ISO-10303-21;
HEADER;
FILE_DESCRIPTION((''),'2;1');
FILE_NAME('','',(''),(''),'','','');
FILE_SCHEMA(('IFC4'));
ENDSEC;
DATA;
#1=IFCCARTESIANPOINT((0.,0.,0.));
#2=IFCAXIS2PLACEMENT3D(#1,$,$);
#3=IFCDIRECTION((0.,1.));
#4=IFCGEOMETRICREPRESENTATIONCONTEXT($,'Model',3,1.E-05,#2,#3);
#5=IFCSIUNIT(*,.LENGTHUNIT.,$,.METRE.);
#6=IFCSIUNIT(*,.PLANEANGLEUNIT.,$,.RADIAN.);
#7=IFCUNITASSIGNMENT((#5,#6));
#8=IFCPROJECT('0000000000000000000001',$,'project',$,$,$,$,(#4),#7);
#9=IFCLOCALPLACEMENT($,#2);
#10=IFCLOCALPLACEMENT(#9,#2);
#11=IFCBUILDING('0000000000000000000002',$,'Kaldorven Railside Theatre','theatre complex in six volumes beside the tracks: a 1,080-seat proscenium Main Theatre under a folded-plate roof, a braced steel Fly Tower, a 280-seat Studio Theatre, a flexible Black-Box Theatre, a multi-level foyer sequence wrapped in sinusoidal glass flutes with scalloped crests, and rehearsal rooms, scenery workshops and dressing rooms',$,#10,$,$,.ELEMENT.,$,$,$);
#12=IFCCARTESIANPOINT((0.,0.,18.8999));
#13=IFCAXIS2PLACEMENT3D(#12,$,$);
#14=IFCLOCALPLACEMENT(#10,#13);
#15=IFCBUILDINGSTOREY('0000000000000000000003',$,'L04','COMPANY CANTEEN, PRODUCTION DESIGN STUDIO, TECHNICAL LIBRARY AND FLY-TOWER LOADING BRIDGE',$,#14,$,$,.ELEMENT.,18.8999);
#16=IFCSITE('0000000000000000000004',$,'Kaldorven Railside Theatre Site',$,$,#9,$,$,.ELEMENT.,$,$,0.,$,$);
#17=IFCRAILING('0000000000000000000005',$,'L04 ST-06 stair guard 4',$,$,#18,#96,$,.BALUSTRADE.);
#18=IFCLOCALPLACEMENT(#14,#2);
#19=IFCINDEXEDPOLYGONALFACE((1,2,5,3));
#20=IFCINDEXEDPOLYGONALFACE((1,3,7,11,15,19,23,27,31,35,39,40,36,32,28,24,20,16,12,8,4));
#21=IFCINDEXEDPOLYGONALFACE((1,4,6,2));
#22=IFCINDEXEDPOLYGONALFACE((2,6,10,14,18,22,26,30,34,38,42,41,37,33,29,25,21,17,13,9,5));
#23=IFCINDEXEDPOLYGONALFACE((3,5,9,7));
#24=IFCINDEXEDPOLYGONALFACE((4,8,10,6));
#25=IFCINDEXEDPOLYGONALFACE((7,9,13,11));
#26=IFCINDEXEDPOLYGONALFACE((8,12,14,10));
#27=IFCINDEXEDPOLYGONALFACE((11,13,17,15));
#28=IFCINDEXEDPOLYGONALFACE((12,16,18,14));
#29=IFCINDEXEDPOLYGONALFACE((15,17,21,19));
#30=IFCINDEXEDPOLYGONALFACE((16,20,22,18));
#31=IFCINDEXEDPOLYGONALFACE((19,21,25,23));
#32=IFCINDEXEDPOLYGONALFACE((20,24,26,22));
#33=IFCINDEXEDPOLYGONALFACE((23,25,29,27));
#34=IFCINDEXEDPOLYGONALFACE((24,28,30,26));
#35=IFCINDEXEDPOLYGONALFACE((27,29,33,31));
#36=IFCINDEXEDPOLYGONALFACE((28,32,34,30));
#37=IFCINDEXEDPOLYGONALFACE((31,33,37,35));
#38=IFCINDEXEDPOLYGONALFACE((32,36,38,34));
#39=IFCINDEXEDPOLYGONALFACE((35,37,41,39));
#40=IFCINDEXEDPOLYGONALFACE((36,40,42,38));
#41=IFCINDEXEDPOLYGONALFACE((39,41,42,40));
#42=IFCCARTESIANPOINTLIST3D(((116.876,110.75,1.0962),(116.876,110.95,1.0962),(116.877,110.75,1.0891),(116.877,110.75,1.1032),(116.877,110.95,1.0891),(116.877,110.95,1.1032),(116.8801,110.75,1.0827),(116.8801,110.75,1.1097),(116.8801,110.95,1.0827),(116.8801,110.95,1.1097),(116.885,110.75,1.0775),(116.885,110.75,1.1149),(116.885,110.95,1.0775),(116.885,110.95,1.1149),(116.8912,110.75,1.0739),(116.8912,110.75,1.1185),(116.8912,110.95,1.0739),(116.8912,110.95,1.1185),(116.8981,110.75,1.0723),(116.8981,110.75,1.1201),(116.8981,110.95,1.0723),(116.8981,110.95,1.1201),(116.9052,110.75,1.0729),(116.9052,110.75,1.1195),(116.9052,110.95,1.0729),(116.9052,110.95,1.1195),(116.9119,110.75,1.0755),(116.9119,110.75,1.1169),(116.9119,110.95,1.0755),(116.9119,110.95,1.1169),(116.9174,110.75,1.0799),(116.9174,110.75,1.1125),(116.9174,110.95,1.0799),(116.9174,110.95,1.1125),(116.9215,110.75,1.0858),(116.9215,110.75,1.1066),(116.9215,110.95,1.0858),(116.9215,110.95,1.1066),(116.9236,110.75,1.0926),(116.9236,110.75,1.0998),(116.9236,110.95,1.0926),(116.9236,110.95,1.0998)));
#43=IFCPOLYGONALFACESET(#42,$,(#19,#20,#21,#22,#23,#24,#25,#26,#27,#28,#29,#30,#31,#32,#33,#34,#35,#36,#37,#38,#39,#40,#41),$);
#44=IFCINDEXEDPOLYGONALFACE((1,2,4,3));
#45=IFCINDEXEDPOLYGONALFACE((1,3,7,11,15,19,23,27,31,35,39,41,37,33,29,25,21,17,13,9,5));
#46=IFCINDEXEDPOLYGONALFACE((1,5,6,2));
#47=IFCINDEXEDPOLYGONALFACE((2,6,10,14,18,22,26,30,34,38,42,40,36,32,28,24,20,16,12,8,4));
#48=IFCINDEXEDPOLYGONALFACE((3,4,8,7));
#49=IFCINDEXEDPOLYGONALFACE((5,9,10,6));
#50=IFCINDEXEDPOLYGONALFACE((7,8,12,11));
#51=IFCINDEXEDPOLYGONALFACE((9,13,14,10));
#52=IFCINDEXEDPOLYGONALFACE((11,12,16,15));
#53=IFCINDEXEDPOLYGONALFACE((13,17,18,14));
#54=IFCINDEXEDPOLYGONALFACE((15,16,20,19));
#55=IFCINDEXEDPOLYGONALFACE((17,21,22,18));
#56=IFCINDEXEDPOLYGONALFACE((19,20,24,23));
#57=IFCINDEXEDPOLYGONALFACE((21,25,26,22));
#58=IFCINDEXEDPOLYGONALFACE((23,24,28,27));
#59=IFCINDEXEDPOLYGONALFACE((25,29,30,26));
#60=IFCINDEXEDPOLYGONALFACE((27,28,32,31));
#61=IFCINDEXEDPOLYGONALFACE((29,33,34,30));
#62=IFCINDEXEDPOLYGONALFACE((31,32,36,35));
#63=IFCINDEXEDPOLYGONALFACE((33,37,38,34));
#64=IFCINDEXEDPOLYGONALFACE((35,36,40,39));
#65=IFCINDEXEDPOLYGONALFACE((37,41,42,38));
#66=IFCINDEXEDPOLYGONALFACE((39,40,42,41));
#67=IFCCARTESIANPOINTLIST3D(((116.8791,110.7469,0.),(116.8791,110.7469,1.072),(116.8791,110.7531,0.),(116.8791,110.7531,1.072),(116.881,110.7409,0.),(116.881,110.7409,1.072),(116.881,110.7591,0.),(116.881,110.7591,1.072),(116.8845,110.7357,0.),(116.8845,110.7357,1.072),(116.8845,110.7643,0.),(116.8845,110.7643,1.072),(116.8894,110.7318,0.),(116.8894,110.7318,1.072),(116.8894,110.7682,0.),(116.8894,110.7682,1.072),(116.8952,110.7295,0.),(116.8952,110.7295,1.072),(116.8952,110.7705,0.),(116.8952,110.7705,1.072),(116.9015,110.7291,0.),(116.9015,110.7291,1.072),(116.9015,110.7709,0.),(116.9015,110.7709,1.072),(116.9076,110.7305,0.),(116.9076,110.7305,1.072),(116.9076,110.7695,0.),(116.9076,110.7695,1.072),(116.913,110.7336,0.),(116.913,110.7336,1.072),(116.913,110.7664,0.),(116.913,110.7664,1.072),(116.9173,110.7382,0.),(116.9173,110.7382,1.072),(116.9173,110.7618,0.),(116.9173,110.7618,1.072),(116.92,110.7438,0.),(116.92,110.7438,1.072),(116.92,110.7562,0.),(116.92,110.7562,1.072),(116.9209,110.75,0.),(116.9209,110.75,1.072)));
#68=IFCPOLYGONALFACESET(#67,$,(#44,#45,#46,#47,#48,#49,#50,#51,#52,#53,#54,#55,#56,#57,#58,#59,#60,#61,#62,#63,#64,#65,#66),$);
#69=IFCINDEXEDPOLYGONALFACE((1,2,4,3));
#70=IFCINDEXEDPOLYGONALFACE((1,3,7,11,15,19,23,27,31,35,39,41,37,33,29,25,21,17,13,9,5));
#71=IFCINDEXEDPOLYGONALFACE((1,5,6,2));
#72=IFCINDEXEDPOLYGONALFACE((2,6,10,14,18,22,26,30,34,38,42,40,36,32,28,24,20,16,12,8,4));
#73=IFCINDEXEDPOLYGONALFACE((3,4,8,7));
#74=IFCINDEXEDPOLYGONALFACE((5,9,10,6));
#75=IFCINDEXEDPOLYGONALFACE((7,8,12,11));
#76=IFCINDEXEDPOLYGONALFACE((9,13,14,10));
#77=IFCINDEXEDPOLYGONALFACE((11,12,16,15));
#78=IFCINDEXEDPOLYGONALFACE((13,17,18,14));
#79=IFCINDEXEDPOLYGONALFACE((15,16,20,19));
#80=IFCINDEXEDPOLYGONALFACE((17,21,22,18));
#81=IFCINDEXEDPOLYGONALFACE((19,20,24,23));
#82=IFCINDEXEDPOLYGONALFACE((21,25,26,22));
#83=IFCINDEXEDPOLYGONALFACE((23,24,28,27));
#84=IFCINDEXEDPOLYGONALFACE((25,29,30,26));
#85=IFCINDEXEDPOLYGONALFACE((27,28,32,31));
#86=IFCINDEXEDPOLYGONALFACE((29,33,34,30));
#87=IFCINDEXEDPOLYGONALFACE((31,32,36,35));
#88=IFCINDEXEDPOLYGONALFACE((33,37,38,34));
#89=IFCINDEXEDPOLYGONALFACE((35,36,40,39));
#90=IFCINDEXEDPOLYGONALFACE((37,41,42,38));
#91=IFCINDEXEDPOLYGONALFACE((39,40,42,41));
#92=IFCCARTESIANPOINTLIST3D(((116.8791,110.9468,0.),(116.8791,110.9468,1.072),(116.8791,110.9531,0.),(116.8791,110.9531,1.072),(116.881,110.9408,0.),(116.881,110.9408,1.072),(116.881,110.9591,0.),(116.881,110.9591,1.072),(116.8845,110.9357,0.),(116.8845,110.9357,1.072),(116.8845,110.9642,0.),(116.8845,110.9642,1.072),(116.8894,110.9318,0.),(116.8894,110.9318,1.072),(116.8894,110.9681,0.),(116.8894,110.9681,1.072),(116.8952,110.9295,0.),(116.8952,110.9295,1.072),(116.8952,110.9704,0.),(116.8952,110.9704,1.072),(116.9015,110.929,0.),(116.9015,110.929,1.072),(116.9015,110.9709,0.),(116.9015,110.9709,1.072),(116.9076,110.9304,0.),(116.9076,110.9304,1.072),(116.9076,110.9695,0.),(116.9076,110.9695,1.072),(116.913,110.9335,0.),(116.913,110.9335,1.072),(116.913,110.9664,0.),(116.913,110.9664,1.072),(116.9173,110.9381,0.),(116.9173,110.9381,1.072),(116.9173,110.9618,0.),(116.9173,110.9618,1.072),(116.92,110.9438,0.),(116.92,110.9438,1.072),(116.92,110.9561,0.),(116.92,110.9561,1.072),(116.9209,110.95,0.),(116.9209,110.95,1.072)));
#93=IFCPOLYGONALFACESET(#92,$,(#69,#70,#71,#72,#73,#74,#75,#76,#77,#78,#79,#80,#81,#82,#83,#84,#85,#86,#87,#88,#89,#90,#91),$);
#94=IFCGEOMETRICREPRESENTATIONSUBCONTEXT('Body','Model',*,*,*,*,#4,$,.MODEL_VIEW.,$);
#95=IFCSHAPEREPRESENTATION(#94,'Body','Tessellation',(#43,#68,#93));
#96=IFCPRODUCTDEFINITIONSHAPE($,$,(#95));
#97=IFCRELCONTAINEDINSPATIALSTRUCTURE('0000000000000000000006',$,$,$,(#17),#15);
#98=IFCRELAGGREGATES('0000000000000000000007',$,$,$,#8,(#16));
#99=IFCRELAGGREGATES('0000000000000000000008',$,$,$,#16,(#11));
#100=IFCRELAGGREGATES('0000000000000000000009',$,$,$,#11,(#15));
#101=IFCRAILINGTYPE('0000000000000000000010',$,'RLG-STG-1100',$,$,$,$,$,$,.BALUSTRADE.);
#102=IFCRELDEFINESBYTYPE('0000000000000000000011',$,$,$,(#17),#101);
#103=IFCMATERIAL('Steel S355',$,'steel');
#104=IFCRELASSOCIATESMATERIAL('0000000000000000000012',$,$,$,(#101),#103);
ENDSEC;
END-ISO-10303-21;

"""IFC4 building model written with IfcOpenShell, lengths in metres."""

from ifc_helpers import new_model, si_unit, direction, frame, origin, origin_2d, place, context, subcontext, project, spatial, circle, extrude, material, type_object, element, save


model = new_model("IFC4")

# Units and contexts
model_context = context("Model", 3, precision=1e-05, world=origin(), true_north=direction((0.0, 1.0)))
body_context = subcontext(model_context, "Body", "Model", "MODEL_VIEW")
ifc_project = project(units=[si_unit("LENGTHUNIT", "METRE"), si_unit("PLANEANGLEUNIT", "RADIAN")], contexts=[model_context])

# Site, building, storey
site_placement = place(None, origin())
site = spatial("IfcSite", under=ifc_project, at=site_placement, Name="Kaldorven Railside Theatre Site", CompositionType="ELEMENT", RefElevation=0.0)
building_placement = place(site_placement, origin())
building = spatial("IfcBuilding", under=site, at=building_placement, Name="Kaldorven Railside Theatre", Description="theatre complex in six volumes beside the tracks: a 1,080-seat proscenium Main Theatre under a folded-plate roof, a braced steel Fly Tower, a 280-seat Studio Theatre, a flexible Black-Box Theatre, a multi-level foyer sequence wrapped in sinusoidal glass flutes with scalloped crests, and rehearsal rooms, scenery workshops and dressing rooms", CompositionType="ELEMENT")
storey_placement = place(building_placement, frame((0.0, 0.0, 18.8999)))
storey = spatial("IfcBuildingStorey", under=building, at=storey_placement, Name="L04", Description="COMPANY CANTEEN, PRODUCTION DESIGN STUDIO, TECHNICAL LIBRARY AND FLY-TOWER LOADING BRIDGE", CompositionType="ELEMENT", Elevation=18.8999)

# Shared definitions
ifc_material_1 = material(Name="Steel S355", Category="steel")

# Railing
railing_type_1 = type_object("IfcRailingType", Name="RLG-STG-1100", PredefinedType="BALUSTRADE", material=ifc_material_1)
railing_1_placement = place(storey_placement, frame((116.8999, 110.75, 0.0)))
element("IfcRailing", 1, at=railing_1_placement, inside=storey, type_object=railing_type_1, Name="L04 ST-06 stair guard 4", PredefinedType="BALUSTRADE", context=body_context, shape_type="SweptSolid", body=[
    extrude(circle(Radius=0.0239, at=origin_2d()), frame((0.0, 0.0, 1.0962), z_axis=(0.0, 1.0, 0.0), x_axis=(-1.0, 0.0, 0.0)), (0.0, 0.0, 1.0), 0.2),
    extrude(circle(Radius=0.021, at=origin_2d()), origin(), (0.0, 0.0, 1.0), 1.072),
    extrude(circle(Radius=0.021, at=origin_2d()), frame((0.0, 0.2, 0.0)), (0.0, 0.0, 1.0), 1.072),
])

save(model, "model.ifc")
